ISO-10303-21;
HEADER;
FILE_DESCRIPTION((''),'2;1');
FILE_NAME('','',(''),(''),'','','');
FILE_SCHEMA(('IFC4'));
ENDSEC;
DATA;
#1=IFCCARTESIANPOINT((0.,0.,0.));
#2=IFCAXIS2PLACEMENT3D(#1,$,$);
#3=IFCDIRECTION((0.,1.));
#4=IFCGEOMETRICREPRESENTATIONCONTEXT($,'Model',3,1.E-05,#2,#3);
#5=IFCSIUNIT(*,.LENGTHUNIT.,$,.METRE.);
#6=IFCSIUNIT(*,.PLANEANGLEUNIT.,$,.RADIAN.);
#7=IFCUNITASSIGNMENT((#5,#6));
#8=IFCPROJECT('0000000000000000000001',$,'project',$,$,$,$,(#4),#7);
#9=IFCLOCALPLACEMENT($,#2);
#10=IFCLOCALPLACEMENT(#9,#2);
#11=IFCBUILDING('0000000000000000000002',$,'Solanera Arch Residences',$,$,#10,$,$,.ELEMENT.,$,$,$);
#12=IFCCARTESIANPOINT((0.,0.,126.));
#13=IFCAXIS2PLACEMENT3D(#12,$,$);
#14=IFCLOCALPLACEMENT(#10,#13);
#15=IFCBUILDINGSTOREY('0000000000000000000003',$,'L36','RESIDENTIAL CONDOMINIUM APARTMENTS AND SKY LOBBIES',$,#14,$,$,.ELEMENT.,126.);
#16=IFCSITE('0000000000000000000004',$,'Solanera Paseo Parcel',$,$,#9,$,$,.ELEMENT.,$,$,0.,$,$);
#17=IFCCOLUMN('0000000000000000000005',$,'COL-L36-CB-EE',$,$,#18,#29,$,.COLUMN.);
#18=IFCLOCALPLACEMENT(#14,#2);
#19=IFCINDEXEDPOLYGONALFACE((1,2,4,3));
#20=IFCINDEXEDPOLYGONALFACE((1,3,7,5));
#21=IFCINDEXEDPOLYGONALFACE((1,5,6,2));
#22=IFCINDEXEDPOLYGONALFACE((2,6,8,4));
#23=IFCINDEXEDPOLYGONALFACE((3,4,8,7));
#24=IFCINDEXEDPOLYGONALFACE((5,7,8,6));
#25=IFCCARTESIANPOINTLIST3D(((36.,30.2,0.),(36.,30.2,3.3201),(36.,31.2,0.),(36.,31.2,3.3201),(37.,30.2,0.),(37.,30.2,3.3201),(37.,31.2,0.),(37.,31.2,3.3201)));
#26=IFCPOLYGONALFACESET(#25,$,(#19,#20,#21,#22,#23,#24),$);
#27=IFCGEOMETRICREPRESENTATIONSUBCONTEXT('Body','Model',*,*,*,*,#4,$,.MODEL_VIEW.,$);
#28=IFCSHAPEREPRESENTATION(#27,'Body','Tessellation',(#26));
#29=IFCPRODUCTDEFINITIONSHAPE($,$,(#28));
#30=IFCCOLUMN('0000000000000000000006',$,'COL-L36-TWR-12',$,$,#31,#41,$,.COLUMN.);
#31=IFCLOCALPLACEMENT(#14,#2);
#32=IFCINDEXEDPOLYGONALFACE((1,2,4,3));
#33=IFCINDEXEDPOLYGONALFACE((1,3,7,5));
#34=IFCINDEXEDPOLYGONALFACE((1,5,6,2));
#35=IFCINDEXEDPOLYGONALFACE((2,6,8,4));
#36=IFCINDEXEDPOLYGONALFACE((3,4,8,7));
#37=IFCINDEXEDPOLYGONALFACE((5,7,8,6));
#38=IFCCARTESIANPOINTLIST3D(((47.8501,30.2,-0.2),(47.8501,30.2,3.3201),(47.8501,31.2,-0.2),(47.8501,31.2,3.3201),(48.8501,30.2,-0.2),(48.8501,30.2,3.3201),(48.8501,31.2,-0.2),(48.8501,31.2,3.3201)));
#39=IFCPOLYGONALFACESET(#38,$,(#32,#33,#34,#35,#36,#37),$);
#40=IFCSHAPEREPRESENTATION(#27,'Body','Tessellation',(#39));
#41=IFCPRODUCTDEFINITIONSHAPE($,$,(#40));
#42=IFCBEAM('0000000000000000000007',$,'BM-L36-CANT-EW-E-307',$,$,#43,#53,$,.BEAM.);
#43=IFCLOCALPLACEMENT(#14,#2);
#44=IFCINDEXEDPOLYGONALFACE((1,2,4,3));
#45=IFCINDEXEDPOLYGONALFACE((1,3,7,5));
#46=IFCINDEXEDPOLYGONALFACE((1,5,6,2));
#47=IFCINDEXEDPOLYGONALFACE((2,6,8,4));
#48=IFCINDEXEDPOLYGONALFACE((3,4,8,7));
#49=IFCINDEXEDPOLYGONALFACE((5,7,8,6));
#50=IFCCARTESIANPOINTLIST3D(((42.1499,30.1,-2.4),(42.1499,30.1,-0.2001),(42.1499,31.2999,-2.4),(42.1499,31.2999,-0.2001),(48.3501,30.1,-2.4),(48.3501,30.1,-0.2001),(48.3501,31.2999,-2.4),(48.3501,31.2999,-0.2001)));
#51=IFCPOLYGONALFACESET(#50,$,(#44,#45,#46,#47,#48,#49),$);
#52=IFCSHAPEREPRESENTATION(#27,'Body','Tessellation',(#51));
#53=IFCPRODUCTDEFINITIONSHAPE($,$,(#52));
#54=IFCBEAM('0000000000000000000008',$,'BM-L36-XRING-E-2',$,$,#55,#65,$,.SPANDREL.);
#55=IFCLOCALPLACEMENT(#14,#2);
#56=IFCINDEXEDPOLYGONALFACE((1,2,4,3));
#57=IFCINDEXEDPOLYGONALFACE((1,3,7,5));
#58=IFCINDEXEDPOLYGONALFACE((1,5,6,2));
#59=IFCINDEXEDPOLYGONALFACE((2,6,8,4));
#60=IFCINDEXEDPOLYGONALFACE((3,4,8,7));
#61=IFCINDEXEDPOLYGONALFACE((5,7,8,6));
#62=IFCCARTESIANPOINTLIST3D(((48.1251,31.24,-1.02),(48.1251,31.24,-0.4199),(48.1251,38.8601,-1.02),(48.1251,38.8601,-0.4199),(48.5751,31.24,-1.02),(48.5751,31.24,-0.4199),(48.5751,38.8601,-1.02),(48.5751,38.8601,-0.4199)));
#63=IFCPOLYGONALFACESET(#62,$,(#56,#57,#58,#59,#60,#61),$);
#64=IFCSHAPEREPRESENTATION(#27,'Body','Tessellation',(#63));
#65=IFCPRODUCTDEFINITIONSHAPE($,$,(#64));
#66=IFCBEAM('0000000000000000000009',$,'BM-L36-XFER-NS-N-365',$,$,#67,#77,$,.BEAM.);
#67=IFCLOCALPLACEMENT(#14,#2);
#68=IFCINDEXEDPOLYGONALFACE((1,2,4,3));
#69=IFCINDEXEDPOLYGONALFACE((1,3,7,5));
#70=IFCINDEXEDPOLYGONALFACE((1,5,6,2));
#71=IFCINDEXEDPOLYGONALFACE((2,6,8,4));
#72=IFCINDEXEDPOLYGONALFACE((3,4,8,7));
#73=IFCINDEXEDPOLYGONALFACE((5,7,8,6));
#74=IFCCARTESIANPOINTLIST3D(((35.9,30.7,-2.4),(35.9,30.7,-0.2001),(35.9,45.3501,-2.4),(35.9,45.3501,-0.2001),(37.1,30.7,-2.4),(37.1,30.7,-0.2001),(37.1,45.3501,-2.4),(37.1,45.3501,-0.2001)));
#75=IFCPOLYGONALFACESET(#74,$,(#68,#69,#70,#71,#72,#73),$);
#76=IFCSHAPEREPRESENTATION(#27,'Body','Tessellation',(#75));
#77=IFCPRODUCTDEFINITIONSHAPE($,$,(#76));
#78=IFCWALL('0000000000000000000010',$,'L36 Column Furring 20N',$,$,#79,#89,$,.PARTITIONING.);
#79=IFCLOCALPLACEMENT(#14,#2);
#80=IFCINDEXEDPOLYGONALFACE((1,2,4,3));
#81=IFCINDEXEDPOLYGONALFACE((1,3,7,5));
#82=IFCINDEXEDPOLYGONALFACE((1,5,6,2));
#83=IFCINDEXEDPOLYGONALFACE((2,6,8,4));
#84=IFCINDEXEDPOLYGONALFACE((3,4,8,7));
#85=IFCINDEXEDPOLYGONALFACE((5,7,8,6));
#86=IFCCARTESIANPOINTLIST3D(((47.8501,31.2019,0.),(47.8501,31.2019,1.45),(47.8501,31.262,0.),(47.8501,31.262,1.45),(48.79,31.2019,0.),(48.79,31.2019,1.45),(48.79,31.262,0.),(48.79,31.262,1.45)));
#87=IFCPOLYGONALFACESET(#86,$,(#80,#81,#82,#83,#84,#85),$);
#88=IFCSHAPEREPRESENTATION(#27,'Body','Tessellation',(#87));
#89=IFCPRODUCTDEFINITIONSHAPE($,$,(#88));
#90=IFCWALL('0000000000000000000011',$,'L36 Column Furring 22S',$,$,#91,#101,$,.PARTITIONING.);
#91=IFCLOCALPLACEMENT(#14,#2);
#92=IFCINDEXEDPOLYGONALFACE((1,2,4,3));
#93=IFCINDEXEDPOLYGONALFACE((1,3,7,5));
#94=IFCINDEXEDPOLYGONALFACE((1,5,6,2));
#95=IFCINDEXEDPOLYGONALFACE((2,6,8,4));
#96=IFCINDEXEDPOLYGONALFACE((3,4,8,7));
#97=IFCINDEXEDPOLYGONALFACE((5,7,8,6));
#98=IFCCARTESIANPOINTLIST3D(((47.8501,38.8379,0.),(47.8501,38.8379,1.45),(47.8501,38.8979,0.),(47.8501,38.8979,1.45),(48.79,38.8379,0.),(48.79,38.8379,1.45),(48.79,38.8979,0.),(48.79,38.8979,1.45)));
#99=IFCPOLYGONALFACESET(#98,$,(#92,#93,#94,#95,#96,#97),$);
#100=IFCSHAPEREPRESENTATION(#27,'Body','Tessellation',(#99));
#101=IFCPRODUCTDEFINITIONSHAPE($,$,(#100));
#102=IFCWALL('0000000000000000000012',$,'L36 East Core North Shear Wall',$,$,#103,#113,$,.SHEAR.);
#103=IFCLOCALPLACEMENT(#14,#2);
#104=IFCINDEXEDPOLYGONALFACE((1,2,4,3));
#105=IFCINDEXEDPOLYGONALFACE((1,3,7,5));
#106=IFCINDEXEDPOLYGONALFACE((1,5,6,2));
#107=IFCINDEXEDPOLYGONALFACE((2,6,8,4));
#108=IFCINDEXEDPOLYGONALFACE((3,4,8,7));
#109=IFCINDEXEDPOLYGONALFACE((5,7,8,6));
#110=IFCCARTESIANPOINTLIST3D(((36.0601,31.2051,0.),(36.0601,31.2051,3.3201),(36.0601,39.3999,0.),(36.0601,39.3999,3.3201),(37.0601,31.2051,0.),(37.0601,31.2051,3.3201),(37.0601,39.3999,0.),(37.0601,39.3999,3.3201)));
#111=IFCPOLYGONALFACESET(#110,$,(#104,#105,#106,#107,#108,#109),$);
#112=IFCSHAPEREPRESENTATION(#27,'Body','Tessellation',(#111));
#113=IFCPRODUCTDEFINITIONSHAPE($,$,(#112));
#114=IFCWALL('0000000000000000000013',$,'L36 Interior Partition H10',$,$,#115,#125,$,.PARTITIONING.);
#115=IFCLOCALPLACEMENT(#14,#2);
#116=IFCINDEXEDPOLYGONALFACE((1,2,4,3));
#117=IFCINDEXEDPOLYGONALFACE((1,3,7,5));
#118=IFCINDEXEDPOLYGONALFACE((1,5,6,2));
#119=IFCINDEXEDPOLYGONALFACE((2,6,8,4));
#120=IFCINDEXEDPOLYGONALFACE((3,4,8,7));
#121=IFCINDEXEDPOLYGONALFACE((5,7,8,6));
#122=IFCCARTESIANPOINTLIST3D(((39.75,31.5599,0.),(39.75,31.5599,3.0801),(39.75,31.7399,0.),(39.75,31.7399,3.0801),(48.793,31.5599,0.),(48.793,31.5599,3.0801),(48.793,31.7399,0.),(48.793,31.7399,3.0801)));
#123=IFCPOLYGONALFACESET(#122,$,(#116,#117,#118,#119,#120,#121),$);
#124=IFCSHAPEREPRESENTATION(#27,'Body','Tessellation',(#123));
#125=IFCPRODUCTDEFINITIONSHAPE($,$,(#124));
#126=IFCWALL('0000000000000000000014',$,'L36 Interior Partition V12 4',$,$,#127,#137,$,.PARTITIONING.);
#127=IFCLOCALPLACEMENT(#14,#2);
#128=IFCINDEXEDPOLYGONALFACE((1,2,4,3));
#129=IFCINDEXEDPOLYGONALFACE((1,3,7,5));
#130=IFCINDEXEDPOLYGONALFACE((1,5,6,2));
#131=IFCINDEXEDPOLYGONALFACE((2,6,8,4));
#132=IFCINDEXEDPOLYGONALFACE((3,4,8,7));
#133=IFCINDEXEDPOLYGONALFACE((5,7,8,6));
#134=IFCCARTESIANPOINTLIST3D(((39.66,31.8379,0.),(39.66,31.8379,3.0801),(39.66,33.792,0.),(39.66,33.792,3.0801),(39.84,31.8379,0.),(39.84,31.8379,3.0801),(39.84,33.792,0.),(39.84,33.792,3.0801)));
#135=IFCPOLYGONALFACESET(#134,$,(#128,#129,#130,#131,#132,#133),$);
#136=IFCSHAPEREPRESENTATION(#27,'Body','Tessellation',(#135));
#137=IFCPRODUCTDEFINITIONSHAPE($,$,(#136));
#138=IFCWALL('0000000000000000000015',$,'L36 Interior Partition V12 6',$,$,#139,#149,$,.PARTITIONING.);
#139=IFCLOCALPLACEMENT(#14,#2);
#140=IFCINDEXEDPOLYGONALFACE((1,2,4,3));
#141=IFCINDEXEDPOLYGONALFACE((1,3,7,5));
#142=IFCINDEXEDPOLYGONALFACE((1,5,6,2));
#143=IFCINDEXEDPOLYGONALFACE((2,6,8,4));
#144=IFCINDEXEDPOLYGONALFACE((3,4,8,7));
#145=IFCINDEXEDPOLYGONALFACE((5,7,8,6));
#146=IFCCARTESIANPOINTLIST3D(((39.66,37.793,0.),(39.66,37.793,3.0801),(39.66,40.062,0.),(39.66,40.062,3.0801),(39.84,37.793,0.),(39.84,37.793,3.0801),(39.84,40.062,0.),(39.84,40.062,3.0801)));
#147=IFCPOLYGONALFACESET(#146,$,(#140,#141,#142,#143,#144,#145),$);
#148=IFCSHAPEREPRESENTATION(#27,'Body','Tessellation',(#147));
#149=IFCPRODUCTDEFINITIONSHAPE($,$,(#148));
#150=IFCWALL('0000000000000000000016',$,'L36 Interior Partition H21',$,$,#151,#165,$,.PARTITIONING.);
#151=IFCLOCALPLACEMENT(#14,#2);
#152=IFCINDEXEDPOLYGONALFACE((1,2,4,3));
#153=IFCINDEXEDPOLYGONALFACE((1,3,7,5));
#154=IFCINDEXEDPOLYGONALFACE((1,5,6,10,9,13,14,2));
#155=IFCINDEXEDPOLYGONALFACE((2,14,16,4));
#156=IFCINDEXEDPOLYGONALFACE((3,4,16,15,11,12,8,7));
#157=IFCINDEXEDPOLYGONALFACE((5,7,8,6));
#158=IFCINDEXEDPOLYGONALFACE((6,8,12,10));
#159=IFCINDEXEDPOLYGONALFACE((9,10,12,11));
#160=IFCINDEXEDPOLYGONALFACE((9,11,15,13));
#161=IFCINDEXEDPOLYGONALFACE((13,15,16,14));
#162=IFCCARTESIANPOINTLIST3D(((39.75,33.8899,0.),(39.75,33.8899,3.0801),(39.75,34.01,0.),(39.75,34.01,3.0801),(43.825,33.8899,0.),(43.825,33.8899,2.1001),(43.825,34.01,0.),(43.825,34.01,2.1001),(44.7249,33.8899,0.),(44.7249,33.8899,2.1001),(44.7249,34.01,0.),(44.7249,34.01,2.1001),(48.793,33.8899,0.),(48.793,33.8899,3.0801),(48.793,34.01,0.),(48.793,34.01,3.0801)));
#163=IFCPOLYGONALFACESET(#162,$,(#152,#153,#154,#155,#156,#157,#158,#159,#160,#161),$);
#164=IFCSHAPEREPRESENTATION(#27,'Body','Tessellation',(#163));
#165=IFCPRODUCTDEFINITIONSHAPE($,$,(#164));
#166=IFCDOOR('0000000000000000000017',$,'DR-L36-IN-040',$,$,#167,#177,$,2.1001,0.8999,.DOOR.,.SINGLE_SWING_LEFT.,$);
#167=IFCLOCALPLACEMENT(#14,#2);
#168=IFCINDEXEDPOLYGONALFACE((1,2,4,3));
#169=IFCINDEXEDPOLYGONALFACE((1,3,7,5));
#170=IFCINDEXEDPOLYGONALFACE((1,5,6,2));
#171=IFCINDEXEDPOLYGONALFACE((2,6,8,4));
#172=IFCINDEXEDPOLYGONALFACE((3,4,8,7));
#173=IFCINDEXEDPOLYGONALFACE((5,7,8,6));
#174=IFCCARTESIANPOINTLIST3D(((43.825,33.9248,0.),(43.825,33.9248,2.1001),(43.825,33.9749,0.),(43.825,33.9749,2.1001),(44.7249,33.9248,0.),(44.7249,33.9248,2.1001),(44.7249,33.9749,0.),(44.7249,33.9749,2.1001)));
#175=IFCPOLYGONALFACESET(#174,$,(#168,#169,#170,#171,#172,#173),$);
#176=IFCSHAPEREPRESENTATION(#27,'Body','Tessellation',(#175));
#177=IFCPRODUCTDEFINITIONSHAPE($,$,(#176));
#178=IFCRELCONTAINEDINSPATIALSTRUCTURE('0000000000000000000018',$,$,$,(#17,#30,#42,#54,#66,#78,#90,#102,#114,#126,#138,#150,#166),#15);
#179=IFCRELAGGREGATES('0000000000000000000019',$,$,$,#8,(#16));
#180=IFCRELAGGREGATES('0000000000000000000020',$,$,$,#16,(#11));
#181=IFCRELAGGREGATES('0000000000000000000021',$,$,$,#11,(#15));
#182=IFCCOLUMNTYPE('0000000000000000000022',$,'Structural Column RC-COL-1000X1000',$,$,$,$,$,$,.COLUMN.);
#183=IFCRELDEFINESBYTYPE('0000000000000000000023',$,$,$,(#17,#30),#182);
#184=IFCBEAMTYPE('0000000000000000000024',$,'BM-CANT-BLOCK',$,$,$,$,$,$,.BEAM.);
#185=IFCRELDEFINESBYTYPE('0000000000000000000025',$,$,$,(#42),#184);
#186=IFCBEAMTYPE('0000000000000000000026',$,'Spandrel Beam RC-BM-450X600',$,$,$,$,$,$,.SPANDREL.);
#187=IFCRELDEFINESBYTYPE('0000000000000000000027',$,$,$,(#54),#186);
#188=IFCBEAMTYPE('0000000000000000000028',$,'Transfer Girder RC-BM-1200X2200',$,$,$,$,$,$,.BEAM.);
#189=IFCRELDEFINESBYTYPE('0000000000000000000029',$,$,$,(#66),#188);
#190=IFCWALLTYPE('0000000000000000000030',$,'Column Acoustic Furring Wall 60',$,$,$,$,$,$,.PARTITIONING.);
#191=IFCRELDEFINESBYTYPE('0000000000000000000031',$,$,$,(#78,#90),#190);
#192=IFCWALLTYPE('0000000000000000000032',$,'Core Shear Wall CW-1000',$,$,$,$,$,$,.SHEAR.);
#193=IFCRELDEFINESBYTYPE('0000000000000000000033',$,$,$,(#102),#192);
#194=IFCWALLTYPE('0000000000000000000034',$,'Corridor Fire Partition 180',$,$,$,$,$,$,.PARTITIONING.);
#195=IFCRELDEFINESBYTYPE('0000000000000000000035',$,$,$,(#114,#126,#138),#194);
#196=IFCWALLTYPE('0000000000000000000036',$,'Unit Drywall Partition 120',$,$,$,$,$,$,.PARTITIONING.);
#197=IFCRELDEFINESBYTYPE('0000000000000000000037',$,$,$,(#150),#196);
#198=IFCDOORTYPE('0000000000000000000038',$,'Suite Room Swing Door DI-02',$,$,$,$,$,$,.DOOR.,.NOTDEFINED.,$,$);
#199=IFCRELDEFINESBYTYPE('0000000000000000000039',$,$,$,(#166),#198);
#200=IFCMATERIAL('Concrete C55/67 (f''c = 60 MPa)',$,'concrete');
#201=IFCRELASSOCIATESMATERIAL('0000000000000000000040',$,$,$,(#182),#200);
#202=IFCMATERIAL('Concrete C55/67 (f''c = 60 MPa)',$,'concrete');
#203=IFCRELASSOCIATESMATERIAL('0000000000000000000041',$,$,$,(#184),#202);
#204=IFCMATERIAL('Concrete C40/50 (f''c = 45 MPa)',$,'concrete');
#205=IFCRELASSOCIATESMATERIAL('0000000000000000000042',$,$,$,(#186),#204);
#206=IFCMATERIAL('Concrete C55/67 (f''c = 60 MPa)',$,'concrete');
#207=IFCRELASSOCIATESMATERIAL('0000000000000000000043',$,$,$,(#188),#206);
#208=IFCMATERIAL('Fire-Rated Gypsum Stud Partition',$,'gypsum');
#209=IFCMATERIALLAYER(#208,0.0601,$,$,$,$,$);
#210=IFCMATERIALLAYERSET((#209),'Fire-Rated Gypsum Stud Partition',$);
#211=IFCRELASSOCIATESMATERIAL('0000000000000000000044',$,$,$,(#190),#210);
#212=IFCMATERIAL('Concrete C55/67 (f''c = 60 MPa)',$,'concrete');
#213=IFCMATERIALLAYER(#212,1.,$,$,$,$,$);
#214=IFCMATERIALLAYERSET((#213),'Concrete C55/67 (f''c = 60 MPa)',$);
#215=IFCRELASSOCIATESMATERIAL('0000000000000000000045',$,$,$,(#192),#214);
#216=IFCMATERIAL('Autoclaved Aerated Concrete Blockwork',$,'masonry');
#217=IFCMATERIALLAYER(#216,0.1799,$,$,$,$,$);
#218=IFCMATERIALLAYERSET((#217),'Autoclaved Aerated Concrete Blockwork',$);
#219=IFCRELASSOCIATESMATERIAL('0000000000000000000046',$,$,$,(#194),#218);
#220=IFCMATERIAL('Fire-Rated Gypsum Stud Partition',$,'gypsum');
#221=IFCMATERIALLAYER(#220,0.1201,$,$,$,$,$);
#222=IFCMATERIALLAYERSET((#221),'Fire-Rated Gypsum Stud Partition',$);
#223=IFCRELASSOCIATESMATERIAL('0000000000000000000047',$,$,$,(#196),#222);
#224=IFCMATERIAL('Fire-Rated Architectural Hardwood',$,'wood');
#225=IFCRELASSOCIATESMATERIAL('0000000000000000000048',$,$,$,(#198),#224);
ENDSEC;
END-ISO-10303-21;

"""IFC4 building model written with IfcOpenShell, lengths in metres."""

from ifc_helpers import new_model, si_unit, direction, frame, frame_2d, origin, origin_2d, place, context, subcontext, project, spatial, rectangle, extrude, material, layer, layer_set, material_profile, profile_set, type_object, element, fill, save


model = new_model("IFC4")

# Units and contexts
model_context = context("Model", 3, precision=1e-05, world=origin(), true_north=direction((0.0, 1.0)))
body_context = subcontext(model_context, "Body", "Model", "MODEL_VIEW")
ifc_project = project(units=[si_unit("LENGTHUNIT", "METRE"), si_unit("PLANEANGLEUNIT", "RADIAN")], contexts=[model_context])

# Site, building, storey
site_placement = place(None, origin())
site = spatial("IfcSite", under=ifc_project, at=site_placement, Name="Solanera Paseo Parcel", CompositionType="ELEMENT", RefElevation=0.0)
building_placement = place(site_placement, origin())
building = spatial("IfcBuilding", under=site, at=building_placement, Name="Solanera Arch Residences", CompositionType="ELEMENT")
storey_placement = place(building_placement, frame((0.0, 0.0, 126.0)))
storey = spatial("IfcBuildingStorey", under=building, at=storey_placement, Name="L36", Description="RESIDENTIAL CONDOMINIUM APARTMENTS AND SKY LOBBIES", CompositionType="ELEMENT", Elevation=126.0)

# Columns
ifc_material_1 = material(Name="Concrete C55/67 (f'c = 60 MPa)", Category="concrete")
ifc_material_profile_1 = material_profile(ifc_material_1, rectangle(XDim=1.0, YDim=1.0, at=origin_2d()))
ifc_profile_set_1 = profile_set([ifc_material_profile_1], Name="Concrete C55/67 (f'c = 60 MPa)")
column_type = type_object("IfcColumnType", Name="Structural Column RC-COL-1000X1000", PredefinedType="COLUMN", material=ifc_profile_set_1)
column_1_placement = place(storey_placement, frame((36.5, 30.7, 0.0), z_axis=(0.0, 0.0, 1.0), x_axis=(1.0, 0.0, 0.0)))
element("IfcColumn", 1, at=column_1_placement, inside=storey, type_object=column_type, Name="COL-L36-CB-EE", PredefinedType="COLUMN", context=body_context, shape_type="SweptSolid", body=[
    extrude(rectangle(XDim=1.0, YDim=1.0, at=origin_2d()), origin(), (0.0, 0.0, 1.0), 3.3201),
])
column_2_placement = place(storey_placement, frame((48.3501, 30.7, -0.2), z_axis=(0.0, 0.0, 1.0), x_axis=(1.0, 0.0, 0.0)))
element("IfcColumn", 2, at=column_2_placement, inside=storey, type_object=column_type, Name="COL-L36-TWR-12", PredefinedType="COLUMN", context=body_context, shape_type="SweptSolid", body=[
    extrude(rectangle(XDim=1.0, YDim=1.0, at=origin_2d()), origin(), (0.0, 0.0, 1.0), 3.52),
])

# Beams
ifc_material_2 = material(Name="Concrete C55/67 (f'c = 60 MPa)", Category="concrete")
ifc_material_profile_2 = material_profile(ifc_material_2, rectangle(XDim=1.2, YDim=2.2, at=origin_2d()))
ifc_profile_set_2 = profile_set([ifc_material_profile_2], Name="Concrete C55/67 (f'c = 60 MPa)")
beam_type_1 = type_object("IfcBeamType", Name="BM-CANT-BLOCK", PredefinedType="BEAM", material=ifc_profile_set_2)
beam_1_placement = place(storey_placement, frame((42.1499, 30.7, -1.3), z_axis=(1.0, 0.0, 0.0), x_axis=(0.0, 1.0, 0.0)))
element("IfcBeam", 3, at=beam_1_placement, inside=storey, type_object=beam_type_1, Name="BM-L36-CANT-EW-E-307", PredefinedType="BEAM", context=body_context, shape_type="SweptSolid", body=[
    extrude(rectangle(XDim=1.2, YDim=2.2, at=origin_2d()), origin(), (0.0, 0.0, 1.0), 6.2002),
])
ifc_material_3 = material(Name="Concrete C40/50 (f'c = 45 MPa)", Category="concrete")
ifc_material_profile_3 = material_profile(ifc_material_3, rectangle(XDim=0.45, YDim=0.6001, at=origin_2d()))
ifc_profile_set_3 = profile_set([ifc_material_profile_3], Name="Concrete C40/50 (f'c = 45 MPa)")
beam_type_2 = type_object("IfcBeamType", Name="Spandrel Beam RC-BM-450X600", PredefinedType="SPANDREL", material=ifc_profile_set_3)
beam_2_placement = place(storey_placement, frame((48.3501, 31.24, -0.72), z_axis=(0.0, 1.0, 0.0), x_axis=(-1.0, 0.0, 0.0)))
element("IfcBeam", 4, at=beam_2_placement, inside=storey, type_object=beam_type_2, Name="BM-L36-XRING-E-2", PredefinedType="SPANDREL", context=body_context, shape_type="SweptSolid", body=[
    extrude(rectangle(XDim=0.45, YDim=0.6001, at=origin_2d()), origin(), (0.0, 0.0, 1.0), 7.6201),
])
ifc_material_4 = material(Name="Concrete C55/67 (f'c = 60 MPa)", Category="concrete")
ifc_material_profile_4 = material_profile(ifc_material_4, rectangle(XDim=1.2, YDim=2.2, at=origin_2d()))
ifc_profile_set_4 = profile_set([ifc_material_profile_4], Name="Concrete C55/67 (f'c = 60 MPa)")
beam_type_3 = type_object("IfcBeamType", Name="Transfer Girder RC-BM-1200X2200", PredefinedType="BEAM", material=ifc_profile_set_4)
beam_3_placement = place(storey_placement, frame((36.5, 30.7, -1.3), z_axis=(0.0, 1.0, 0.0), x_axis=(-1.0, 0.0, 0.0)))
element("IfcBeam", 5, at=beam_3_placement, inside=storey, type_object=beam_type_3, Name="BM-L36-XFER-NS-N-365", PredefinedType="BEAM", context=body_context, shape_type="SweptSolid", body=[
    extrude(rectangle(XDim=1.2, YDim=2.2, at=origin_2d()), origin(), (0.0, 0.0, 1.0), 14.6501),
])

# Walls
ifc_material_5 = material(Name="Fire-Rated Gypsum Stud Partition", Category="gypsum")
ifc_layer_1 = layer(ifc_material_5, 0.0601)
ifc_layer_set_1 = layer_set([ifc_layer_1], Name="Fire-Rated Gypsum Stud Partition")
wall_type_1 = type_object("IfcWallType", Name="Column Acoustic Furring Wall 60", PredefinedType="PARTITIONING", material=ifc_layer_set_1)
for number, where, z_axis, x_axis, name in (
    (6, (47.8501, 31.2319, 0.0), (0.0, 0.0, 1.0), (1.0, 0.0, 0.0), "L36 Column Furring 20N"),
    (7, (47.8501, 38.8679, 0.0), (0.0, 0.0, 1.0), (1.0, 0.0, 0.0), "L36 Column Furring 22S"),
):
    element("IfcWall", number, at=place(storey_placement, frame(where, z_axis=z_axis, x_axis=x_axis)), inside=storey, type_object=wall_type_1, Name=name, PredefinedType="PARTITIONING", context=body_context, shape_type="SweptSolid", body=[
        extrude(rectangle(XDim=0.9399, YDim=0.0601, at=frame_2d((0.47, 0.0))), origin(), (0.0, 0.0, 1.0), 1.45),
    ])
ifc_material_6 = material(Name="Concrete C55/67 (f'c = 60 MPa)", Category="concrete")
ifc_layer_2 = layer(ifc_material_6, 1.0)
ifc_layer_set_2 = layer_set([ifc_layer_2], Name="Concrete C55/67 (f'c = 60 MPa)")
wall_type_2 = type_object("IfcWallType", Name="Core Shear Wall CW-1000", PredefinedType="SHEAR", material=ifc_layer_set_2)
wall_1_placement = place(storey_placement, frame((36.5601, 31.2051, 0.0), z_axis=(0.0, 0.0, 1.0), x_axis=(0.0, 1.0, 0.0)))
element("IfcWall", 8, at=wall_1_placement, inside=storey, type_object=wall_type_2, Name="L36 East Core North Shear Wall", PredefinedType="SHEAR", context=body_context, shape_type="SweptSolid", body=[
    extrude(rectangle(XDim=8.1948, YDim=1.0, at=frame_2d((4.0974, 0.0))), origin(), (0.0, 0.0, 1.0), 3.3201),
])
ifc_material_7 = material(Name="Autoclaved Aerated Concrete Blockwork", Category="masonry")
ifc_layer_3 = layer(ifc_material_7, 0.1799)
ifc_layer_set_3 = layer_set([ifc_layer_3], Name="Autoclaved Aerated Concrete Blockwork")
wall_type_3 = type_object("IfcWallType", Name="Corridor Fire Partition 180", PredefinedType="PARTITIONING", material=ifc_layer_set_3)
wall_2_placement = place(storey_placement, frame((39.75, 31.6499, 0.0), z_axis=(0.0, 0.0, 1.0), x_axis=(1.0, 0.0, 0.0)))
element("IfcWall", 9, at=wall_2_placement, inside=storey, type_object=wall_type_3, Name="L36 Interior Partition H10", PredefinedType="PARTITIONING", context=body_context, shape_type="SweptSolid", body=[
    extrude(rectangle(XDim=9.043, YDim=0.1799, at=frame_2d((4.5215, 0.0))), origin(), (0.0, 0.0, 1.0), 3.0801),
])
wall_3_placement = place(storey_placement, frame((39.75, 31.8379, 0.0), z_axis=(0.0, 0.0, 1.0), x_axis=(0.0, 1.0, 0.0)))
element("IfcWall", 10, at=wall_3_placement, inside=storey, type_object=wall_type_3, Name="L36 Interior Partition V12 4", PredefinedType="PARTITIONING", context=body_context, shape_type="SweptSolid", body=[
    extrude(rectangle(XDim=1.9541, YDim=0.1799, at=frame_2d((0.9771, 0.0))), origin(), (0.0, 0.0, 1.0), 3.0801),
])

# Wall
wall_4_placement = place(storey_placement, frame((39.75, 37.793, 0.0), z_axis=(0.0, 0.0, 1.0), x_axis=(0.0, 1.0, 0.0)))
element("IfcWall", 11, at=wall_4_placement, inside=storey, type_object=wall_type_3, Name="L36 Interior Partition V12 6", PredefinedType="PARTITIONING", context=body_context, shape_type="SweptSolid", body=[
    extrude(rectangle(XDim=2.269, YDim=0.1799, at=frame_2d((1.1345, 0.0))), origin(), (0.0, 0.0, 1.0), 3.0801),
])

# Wall, opening, door
ifc_material_8 = material(Name="Fire-Rated Gypsum Stud Partition", Category="gypsum")
ifc_layer_4 = layer(ifc_material_8, 0.1201)
ifc_layer_set_4 = layer_set([ifc_layer_4], Name="Fire-Rated Gypsum Stud Partition")
wall_type_4 = type_object("IfcWallType", Name="Unit Drywall Partition 120", PredefinedType="PARTITIONING", material=ifc_layer_set_4)
wall_5_placement = place(storey_placement, frame((39.75, 33.95, 0.0), z_axis=(0.0, 0.0, 1.0), x_axis=(1.0, 0.0, 0.0)))
wall_5 = element("IfcWall", 12, at=wall_5_placement, inside=storey, type_object=wall_type_4, Name="L36 Interior Partition H21", PredefinedType="PARTITIONING", context=body_context, shape_type="SweptSolid", body=[
    extrude(rectangle(XDim=9.043, YDim=0.1201, at=frame_2d((4.5215, 0.0))), origin(), (0.0, 0.0, 1.0), 3.0801),
])
opening_1_placement = place(wall_5_placement, frame((4.075, 0.0, 0.0)))
opening_1 = element("IfcOpeningElement", 13, at=opening_1_placement, cuts=wall_5, PredefinedType="OPENING", context=body_context, shape_type="SweptSolid", body=[
    extrude(rectangle(XDim=0.8999, YDim=2.1001, at=frame_2d((0.45, 1.05))), frame((0.0, 0.0701, 0.0), z_axis=(0.0, -1.0, 0.0), x_axis=(1.0, 0.0, 0.0)), (0.0, 0.0, 1.0), 0.1401),
])
ifc_material_9 = material(Name="Fire-Rated Architectural Hardwood", Category="wood")
door_type_1 = type_object("IfcDoorType", Name="Suite Room Swing Door DI-02", OperationType="NOTDEFINED", PredefinedType="DOOR", material=ifc_material_9)
door_1_placement = place(opening_1_placement, origin())
door_1 = element("IfcDoor", 14, at=door_1_placement, inside=storey, type_object=door_type_1, Name="DR-L36-IN-040", OperationType="SINGLE_SWING_LEFT", OverallHeight=2.1001, OverallWidth=0.8999, PredefinedType="DOOR", context=body_context, shape_type="SweptSolid", body=[
    extrude(rectangle(XDim=0.8999, YDim=2.1001, at=frame_2d((0.45, 1.05))), frame((0.0, 0.0249, 0.0), z_axis=(0.0, -1.0, 0.0), x_axis=(1.0, 0.0, 0.0)), (0.0, 0.0, 1.0), 0.05),
])
fill(opening_1, door_1)

save(model, "model.ifc")
